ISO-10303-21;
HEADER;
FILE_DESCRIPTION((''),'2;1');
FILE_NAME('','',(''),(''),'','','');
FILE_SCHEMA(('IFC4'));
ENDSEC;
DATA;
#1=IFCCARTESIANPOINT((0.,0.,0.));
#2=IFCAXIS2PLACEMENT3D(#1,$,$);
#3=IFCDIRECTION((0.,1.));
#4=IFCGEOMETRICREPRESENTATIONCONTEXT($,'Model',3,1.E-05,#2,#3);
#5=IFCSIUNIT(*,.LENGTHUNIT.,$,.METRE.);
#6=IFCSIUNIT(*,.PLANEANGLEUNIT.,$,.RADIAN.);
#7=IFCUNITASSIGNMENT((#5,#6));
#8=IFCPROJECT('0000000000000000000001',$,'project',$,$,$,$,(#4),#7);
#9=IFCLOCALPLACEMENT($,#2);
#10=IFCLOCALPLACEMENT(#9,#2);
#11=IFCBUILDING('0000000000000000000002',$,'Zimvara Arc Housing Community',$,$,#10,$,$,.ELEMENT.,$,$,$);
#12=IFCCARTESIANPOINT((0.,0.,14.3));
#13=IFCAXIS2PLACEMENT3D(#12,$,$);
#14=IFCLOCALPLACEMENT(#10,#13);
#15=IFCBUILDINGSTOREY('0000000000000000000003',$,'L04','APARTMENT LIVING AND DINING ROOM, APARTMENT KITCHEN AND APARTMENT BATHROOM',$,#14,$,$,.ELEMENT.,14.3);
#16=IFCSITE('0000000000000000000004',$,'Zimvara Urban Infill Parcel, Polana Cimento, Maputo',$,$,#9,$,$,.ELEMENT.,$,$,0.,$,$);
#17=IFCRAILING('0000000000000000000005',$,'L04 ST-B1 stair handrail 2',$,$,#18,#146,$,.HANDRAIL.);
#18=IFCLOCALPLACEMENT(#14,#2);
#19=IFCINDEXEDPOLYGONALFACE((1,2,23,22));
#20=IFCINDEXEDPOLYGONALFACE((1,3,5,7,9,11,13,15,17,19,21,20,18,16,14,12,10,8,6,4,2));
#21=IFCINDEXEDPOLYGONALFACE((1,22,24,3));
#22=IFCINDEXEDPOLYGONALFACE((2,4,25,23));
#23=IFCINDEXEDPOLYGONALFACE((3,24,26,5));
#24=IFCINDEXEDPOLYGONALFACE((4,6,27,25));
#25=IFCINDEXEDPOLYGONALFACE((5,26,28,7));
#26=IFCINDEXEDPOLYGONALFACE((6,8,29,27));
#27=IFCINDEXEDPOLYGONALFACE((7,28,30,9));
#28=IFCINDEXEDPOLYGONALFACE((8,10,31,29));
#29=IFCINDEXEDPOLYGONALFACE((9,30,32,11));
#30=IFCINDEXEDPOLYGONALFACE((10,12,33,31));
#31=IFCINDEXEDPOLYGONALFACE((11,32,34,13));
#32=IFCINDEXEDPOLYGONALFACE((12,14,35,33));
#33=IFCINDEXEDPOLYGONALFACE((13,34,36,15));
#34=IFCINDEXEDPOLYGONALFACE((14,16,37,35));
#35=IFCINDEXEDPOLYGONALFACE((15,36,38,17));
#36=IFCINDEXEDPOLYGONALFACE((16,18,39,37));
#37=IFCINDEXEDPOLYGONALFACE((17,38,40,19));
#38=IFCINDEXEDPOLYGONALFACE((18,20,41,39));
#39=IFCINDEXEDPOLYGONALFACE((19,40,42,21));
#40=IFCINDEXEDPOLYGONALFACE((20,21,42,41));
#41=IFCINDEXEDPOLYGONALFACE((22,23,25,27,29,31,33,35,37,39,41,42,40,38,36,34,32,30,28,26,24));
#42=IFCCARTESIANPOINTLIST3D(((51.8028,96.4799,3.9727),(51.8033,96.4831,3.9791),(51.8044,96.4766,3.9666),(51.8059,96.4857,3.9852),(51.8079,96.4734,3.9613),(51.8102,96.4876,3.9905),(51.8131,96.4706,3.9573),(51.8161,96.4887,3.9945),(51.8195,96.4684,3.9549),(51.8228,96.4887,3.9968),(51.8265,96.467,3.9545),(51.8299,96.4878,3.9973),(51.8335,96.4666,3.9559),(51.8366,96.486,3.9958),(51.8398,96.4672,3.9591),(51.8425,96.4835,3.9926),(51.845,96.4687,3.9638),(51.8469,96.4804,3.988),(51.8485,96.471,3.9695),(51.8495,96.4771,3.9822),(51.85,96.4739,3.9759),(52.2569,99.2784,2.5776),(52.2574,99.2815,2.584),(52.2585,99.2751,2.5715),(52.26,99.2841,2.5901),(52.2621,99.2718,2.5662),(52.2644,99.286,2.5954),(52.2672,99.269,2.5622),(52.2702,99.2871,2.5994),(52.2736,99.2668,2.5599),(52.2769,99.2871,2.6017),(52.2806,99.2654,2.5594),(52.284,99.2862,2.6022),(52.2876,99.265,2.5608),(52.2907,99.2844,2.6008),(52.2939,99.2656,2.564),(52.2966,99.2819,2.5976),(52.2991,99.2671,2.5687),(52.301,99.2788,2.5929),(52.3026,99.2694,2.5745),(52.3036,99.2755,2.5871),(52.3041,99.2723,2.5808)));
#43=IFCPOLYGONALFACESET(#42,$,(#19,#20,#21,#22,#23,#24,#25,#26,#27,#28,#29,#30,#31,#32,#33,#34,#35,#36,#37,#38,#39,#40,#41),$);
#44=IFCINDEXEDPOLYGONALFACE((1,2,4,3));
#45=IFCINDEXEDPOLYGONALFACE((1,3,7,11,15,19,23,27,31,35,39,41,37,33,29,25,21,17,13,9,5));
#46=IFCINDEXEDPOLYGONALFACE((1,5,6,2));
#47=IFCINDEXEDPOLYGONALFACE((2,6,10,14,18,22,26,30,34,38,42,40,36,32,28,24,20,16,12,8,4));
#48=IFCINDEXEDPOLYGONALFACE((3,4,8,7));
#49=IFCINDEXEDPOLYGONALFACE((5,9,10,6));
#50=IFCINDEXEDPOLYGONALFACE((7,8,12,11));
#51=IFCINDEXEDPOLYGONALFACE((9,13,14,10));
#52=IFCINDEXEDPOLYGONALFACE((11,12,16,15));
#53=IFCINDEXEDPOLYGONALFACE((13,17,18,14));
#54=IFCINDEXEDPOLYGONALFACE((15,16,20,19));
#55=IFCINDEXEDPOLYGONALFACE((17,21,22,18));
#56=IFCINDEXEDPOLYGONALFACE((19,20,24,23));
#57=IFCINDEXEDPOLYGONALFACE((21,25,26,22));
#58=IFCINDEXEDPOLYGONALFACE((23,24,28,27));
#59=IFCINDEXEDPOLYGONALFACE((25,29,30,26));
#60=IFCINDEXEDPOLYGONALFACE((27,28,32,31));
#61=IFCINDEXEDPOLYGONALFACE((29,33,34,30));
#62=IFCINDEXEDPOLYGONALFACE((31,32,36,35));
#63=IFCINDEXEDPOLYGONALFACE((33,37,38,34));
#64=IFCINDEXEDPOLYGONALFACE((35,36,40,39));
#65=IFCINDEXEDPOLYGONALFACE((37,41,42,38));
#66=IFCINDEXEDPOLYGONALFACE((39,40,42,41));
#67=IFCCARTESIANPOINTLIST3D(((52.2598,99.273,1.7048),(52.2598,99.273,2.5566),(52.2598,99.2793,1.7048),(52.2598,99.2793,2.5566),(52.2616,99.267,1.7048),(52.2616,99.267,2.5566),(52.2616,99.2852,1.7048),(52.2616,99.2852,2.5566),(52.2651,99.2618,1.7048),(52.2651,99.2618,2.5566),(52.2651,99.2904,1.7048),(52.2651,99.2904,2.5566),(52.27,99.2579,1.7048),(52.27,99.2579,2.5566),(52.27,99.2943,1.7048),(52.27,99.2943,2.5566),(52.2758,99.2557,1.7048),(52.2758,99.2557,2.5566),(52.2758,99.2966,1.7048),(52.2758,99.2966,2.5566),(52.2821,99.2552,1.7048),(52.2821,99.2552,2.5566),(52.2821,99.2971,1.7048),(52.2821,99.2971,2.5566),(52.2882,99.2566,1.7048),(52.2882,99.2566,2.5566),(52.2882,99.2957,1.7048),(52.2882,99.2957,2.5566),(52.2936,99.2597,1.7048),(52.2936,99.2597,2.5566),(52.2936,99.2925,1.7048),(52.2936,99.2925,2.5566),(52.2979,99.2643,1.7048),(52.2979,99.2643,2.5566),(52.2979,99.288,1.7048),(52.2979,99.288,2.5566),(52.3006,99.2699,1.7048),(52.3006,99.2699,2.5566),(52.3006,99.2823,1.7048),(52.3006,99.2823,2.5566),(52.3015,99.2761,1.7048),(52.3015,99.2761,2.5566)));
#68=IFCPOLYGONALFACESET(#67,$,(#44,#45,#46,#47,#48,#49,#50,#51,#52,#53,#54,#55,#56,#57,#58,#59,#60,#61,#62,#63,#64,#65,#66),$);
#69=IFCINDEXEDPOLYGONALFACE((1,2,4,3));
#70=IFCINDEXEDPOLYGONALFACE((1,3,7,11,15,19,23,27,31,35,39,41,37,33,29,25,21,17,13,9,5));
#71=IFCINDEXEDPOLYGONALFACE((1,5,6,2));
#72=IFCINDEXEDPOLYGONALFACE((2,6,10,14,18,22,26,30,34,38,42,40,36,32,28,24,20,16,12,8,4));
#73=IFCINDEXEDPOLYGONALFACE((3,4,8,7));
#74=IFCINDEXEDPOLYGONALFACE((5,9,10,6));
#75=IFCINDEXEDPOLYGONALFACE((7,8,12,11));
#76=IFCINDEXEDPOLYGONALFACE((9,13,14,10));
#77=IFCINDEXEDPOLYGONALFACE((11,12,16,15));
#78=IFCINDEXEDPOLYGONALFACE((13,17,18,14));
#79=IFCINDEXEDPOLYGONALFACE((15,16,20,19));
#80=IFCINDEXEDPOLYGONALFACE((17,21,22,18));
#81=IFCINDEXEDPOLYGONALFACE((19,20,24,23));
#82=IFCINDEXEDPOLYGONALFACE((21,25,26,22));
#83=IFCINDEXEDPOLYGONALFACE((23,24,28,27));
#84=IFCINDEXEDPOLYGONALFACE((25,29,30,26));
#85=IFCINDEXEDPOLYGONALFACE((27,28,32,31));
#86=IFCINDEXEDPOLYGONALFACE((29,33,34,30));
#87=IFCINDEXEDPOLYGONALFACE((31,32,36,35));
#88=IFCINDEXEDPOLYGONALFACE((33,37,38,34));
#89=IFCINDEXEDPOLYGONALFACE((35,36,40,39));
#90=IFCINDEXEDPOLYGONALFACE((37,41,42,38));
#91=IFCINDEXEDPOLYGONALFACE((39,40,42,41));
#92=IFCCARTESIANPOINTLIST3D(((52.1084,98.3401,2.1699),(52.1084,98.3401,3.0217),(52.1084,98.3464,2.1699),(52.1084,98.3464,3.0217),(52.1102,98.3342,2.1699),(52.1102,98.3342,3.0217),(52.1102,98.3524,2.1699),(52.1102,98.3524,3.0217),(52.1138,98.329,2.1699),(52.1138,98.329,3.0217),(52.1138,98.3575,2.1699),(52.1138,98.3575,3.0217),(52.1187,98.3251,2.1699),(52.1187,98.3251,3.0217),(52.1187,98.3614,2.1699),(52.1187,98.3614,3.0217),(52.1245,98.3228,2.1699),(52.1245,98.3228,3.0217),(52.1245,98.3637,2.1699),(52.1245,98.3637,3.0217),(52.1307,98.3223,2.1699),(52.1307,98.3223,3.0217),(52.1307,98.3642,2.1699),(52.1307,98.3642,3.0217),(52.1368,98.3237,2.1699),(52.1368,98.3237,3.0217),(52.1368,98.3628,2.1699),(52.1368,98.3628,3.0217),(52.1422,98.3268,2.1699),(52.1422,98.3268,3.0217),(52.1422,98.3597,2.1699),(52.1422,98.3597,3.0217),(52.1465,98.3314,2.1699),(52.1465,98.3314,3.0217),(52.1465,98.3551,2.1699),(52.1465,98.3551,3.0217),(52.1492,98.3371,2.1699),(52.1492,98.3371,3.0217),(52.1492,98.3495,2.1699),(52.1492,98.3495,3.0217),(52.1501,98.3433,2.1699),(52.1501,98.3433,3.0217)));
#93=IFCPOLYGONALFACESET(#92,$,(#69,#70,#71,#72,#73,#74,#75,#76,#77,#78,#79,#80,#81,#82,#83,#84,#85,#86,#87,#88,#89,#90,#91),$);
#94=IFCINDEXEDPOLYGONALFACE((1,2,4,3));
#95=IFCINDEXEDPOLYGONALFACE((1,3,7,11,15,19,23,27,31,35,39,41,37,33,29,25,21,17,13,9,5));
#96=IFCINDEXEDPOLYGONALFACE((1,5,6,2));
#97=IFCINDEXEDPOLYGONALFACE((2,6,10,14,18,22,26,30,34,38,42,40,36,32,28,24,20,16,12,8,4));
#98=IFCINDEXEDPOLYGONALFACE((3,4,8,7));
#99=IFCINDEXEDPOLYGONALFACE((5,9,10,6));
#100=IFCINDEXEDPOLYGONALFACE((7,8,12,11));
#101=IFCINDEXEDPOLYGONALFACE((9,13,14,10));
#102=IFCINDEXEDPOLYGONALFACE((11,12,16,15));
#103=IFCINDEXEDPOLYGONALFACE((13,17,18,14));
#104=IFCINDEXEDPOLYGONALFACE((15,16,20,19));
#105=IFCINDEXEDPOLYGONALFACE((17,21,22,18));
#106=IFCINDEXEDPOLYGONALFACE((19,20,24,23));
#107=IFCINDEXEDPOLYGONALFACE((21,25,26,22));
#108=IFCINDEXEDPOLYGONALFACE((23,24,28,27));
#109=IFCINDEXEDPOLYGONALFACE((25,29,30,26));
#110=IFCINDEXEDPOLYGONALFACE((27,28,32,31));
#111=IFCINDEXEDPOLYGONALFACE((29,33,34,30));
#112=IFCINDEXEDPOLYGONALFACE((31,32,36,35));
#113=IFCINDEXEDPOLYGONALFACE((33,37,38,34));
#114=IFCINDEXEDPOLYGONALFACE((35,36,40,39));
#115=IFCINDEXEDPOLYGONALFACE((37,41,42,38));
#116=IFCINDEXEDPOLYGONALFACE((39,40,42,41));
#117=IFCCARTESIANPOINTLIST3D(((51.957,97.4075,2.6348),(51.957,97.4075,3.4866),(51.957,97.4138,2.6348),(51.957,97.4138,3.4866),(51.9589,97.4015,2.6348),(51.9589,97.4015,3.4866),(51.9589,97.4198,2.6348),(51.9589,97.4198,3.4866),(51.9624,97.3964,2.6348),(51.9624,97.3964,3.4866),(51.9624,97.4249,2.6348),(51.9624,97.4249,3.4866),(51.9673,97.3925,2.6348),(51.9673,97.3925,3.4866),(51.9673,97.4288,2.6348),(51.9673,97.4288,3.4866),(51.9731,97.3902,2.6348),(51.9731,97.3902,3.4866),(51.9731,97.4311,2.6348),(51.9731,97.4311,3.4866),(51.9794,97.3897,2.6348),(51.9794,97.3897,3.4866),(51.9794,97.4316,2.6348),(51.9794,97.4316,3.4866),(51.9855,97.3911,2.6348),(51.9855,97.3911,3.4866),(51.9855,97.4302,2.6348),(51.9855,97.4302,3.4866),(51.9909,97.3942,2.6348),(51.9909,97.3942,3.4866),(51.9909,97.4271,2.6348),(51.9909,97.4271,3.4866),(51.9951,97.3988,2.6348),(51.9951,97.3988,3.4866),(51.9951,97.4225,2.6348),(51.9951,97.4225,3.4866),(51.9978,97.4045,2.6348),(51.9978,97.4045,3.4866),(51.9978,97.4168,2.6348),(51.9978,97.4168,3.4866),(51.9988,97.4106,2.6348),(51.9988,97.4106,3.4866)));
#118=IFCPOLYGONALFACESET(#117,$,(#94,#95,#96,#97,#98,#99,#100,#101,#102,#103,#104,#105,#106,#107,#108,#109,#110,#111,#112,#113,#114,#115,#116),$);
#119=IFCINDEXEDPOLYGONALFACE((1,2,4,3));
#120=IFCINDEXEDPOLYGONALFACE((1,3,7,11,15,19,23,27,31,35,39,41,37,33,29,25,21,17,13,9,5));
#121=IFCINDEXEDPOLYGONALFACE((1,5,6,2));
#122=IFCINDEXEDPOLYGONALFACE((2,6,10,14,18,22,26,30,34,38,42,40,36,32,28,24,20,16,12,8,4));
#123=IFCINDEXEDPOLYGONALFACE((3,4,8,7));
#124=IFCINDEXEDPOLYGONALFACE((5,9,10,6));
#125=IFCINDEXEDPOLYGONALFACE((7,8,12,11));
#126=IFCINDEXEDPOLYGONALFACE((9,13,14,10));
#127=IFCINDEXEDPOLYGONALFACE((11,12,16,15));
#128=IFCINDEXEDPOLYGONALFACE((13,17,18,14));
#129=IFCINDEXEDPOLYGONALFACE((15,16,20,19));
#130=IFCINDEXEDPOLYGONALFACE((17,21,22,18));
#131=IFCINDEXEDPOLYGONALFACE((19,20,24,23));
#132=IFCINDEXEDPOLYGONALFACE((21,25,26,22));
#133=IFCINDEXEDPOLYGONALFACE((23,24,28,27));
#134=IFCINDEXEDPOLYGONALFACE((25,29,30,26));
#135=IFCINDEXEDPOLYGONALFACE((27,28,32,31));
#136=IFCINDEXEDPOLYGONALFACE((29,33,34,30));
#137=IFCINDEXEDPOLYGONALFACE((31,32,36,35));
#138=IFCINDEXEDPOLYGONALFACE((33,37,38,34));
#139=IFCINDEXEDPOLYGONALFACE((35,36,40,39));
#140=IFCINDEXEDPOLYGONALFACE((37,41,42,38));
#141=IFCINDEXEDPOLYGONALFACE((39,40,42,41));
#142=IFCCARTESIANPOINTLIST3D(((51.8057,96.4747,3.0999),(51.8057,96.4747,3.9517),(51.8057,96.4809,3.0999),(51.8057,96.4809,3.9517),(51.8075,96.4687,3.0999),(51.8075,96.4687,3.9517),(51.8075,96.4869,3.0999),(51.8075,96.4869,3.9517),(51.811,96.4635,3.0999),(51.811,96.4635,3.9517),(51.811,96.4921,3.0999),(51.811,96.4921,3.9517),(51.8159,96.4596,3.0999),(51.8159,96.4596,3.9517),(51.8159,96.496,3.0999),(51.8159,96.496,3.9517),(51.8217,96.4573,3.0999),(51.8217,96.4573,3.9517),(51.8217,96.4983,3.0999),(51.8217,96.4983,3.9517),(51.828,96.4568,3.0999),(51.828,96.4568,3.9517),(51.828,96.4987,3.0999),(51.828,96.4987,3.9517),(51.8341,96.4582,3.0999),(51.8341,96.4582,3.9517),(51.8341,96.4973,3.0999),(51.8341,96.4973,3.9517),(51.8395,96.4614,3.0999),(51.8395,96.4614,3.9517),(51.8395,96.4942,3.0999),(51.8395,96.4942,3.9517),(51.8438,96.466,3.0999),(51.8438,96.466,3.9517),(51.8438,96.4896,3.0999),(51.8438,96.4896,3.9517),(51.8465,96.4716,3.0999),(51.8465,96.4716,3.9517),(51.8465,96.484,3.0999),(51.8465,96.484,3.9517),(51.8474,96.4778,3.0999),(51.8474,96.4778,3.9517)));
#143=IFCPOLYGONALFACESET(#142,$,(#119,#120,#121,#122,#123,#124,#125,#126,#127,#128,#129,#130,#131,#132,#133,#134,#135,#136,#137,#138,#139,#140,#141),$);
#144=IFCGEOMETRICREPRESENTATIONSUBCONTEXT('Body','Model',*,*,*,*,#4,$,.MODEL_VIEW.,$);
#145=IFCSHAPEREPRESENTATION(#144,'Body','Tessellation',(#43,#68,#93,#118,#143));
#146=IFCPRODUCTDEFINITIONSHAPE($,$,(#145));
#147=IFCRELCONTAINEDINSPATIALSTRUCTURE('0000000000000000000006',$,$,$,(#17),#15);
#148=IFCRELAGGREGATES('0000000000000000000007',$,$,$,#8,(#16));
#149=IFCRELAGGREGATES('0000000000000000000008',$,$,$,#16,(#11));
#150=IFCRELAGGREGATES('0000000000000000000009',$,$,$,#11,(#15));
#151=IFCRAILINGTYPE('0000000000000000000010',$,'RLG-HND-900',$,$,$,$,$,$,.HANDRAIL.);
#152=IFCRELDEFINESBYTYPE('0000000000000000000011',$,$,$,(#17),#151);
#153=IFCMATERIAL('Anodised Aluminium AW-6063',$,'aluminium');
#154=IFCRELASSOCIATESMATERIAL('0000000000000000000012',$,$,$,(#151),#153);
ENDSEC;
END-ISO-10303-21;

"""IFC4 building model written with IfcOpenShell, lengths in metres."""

from ifc_helpers import new_model, si_unit, direction, frame, origin, origin_2d, place, context, subcontext, project, spatial, circle, extrude, material, type_object, element, save


model = new_model("IFC4")

# Units and contexts
model_context = context("Model", 3, precision=1e-05, world=origin(), true_north=direction((0.0, 1.0)))
body_context = subcontext(model_context, "Body", "Model", "MODEL_VIEW")
ifc_project = project(units=[si_unit("LENGTHUNIT", "METRE"), si_unit("PLANEANGLEUNIT", "RADIAN")], contexts=[model_context])

# Site, building, storey
site_placement = place(None, origin())
site = spatial("IfcSite", under=ifc_project, at=site_placement, Name="Zimvara Urban Infill Parcel, Polana Cimento, Maputo", CompositionType="ELEMENT", RefElevation=0.0)
building_placement = place(site_placement, origin())
building = spatial("IfcBuilding", under=site, at=building_placement, Name="Zimvara Arc Housing Community", CompositionType="ELEMENT")
storey_placement = place(building_placement, frame((0.0, 0.0, 14.3)))
storey = spatial("IfcBuildingStorey", under=building, at=storey_placement, Name="L04", Description="APARTMENT LIVING AND DINING ROOM, APARTMENT KITCHEN AND APARTMENT BATHROOM", CompositionType="ELEMENT", Elevation=14.3)

# Railing
ifc_material_1 = material(Name="Anodised Aluminium AW-6063", Category="aluminium")
railing_type_1 = type_object("IfcRailingType", Name="RLG-HND-900", PredefinedType="HANDRAIL", material=ifc_material_1)
railing_1_placement = place(storey_placement, frame((52.2805, 99.2761, 1.7048)))
element("IfcRailing", 1, at=railing_1_placement, inside=storey, type_object=railing_type_1, Name="L04 ST-B1 stair handrail 2", PredefinedType="HANDRAIL", context=body_context, shape_type="SweptSolid", body=[
    extrude(circle(Radius=0.0239, at=origin_2d()), frame((0.0, 0.0, 0.876), z_axis=(-0.143722, -0.885666, 0.44152), x_axis=(0.987088, -0.16018, 0.0)), (0.0, 0.0, 1.0), 3.1597),
    extrude(circle(Radius=0.021, at=origin_2d()), origin(), (0.0, 0.0, 1.0), 0.8518),
    extrude(circle(Radius=0.021, at=origin_2d()), frame((-0.1514, -0.9329, 0.4651)), (0.0, 0.0, 1.0), 0.8518),
    extrude(circle(Radius=0.021, at=origin_2d()), frame((-0.3027, -1.8655, 0.9299)), (0.0, 0.0, 1.0), 0.8518),
    extrude(circle(Radius=0.021, at=origin_2d()), frame((-0.4541, -2.7983, 1.395)), (0.0, 0.0, 1.0), 0.8518),
])

save(model, "model.ifc")
